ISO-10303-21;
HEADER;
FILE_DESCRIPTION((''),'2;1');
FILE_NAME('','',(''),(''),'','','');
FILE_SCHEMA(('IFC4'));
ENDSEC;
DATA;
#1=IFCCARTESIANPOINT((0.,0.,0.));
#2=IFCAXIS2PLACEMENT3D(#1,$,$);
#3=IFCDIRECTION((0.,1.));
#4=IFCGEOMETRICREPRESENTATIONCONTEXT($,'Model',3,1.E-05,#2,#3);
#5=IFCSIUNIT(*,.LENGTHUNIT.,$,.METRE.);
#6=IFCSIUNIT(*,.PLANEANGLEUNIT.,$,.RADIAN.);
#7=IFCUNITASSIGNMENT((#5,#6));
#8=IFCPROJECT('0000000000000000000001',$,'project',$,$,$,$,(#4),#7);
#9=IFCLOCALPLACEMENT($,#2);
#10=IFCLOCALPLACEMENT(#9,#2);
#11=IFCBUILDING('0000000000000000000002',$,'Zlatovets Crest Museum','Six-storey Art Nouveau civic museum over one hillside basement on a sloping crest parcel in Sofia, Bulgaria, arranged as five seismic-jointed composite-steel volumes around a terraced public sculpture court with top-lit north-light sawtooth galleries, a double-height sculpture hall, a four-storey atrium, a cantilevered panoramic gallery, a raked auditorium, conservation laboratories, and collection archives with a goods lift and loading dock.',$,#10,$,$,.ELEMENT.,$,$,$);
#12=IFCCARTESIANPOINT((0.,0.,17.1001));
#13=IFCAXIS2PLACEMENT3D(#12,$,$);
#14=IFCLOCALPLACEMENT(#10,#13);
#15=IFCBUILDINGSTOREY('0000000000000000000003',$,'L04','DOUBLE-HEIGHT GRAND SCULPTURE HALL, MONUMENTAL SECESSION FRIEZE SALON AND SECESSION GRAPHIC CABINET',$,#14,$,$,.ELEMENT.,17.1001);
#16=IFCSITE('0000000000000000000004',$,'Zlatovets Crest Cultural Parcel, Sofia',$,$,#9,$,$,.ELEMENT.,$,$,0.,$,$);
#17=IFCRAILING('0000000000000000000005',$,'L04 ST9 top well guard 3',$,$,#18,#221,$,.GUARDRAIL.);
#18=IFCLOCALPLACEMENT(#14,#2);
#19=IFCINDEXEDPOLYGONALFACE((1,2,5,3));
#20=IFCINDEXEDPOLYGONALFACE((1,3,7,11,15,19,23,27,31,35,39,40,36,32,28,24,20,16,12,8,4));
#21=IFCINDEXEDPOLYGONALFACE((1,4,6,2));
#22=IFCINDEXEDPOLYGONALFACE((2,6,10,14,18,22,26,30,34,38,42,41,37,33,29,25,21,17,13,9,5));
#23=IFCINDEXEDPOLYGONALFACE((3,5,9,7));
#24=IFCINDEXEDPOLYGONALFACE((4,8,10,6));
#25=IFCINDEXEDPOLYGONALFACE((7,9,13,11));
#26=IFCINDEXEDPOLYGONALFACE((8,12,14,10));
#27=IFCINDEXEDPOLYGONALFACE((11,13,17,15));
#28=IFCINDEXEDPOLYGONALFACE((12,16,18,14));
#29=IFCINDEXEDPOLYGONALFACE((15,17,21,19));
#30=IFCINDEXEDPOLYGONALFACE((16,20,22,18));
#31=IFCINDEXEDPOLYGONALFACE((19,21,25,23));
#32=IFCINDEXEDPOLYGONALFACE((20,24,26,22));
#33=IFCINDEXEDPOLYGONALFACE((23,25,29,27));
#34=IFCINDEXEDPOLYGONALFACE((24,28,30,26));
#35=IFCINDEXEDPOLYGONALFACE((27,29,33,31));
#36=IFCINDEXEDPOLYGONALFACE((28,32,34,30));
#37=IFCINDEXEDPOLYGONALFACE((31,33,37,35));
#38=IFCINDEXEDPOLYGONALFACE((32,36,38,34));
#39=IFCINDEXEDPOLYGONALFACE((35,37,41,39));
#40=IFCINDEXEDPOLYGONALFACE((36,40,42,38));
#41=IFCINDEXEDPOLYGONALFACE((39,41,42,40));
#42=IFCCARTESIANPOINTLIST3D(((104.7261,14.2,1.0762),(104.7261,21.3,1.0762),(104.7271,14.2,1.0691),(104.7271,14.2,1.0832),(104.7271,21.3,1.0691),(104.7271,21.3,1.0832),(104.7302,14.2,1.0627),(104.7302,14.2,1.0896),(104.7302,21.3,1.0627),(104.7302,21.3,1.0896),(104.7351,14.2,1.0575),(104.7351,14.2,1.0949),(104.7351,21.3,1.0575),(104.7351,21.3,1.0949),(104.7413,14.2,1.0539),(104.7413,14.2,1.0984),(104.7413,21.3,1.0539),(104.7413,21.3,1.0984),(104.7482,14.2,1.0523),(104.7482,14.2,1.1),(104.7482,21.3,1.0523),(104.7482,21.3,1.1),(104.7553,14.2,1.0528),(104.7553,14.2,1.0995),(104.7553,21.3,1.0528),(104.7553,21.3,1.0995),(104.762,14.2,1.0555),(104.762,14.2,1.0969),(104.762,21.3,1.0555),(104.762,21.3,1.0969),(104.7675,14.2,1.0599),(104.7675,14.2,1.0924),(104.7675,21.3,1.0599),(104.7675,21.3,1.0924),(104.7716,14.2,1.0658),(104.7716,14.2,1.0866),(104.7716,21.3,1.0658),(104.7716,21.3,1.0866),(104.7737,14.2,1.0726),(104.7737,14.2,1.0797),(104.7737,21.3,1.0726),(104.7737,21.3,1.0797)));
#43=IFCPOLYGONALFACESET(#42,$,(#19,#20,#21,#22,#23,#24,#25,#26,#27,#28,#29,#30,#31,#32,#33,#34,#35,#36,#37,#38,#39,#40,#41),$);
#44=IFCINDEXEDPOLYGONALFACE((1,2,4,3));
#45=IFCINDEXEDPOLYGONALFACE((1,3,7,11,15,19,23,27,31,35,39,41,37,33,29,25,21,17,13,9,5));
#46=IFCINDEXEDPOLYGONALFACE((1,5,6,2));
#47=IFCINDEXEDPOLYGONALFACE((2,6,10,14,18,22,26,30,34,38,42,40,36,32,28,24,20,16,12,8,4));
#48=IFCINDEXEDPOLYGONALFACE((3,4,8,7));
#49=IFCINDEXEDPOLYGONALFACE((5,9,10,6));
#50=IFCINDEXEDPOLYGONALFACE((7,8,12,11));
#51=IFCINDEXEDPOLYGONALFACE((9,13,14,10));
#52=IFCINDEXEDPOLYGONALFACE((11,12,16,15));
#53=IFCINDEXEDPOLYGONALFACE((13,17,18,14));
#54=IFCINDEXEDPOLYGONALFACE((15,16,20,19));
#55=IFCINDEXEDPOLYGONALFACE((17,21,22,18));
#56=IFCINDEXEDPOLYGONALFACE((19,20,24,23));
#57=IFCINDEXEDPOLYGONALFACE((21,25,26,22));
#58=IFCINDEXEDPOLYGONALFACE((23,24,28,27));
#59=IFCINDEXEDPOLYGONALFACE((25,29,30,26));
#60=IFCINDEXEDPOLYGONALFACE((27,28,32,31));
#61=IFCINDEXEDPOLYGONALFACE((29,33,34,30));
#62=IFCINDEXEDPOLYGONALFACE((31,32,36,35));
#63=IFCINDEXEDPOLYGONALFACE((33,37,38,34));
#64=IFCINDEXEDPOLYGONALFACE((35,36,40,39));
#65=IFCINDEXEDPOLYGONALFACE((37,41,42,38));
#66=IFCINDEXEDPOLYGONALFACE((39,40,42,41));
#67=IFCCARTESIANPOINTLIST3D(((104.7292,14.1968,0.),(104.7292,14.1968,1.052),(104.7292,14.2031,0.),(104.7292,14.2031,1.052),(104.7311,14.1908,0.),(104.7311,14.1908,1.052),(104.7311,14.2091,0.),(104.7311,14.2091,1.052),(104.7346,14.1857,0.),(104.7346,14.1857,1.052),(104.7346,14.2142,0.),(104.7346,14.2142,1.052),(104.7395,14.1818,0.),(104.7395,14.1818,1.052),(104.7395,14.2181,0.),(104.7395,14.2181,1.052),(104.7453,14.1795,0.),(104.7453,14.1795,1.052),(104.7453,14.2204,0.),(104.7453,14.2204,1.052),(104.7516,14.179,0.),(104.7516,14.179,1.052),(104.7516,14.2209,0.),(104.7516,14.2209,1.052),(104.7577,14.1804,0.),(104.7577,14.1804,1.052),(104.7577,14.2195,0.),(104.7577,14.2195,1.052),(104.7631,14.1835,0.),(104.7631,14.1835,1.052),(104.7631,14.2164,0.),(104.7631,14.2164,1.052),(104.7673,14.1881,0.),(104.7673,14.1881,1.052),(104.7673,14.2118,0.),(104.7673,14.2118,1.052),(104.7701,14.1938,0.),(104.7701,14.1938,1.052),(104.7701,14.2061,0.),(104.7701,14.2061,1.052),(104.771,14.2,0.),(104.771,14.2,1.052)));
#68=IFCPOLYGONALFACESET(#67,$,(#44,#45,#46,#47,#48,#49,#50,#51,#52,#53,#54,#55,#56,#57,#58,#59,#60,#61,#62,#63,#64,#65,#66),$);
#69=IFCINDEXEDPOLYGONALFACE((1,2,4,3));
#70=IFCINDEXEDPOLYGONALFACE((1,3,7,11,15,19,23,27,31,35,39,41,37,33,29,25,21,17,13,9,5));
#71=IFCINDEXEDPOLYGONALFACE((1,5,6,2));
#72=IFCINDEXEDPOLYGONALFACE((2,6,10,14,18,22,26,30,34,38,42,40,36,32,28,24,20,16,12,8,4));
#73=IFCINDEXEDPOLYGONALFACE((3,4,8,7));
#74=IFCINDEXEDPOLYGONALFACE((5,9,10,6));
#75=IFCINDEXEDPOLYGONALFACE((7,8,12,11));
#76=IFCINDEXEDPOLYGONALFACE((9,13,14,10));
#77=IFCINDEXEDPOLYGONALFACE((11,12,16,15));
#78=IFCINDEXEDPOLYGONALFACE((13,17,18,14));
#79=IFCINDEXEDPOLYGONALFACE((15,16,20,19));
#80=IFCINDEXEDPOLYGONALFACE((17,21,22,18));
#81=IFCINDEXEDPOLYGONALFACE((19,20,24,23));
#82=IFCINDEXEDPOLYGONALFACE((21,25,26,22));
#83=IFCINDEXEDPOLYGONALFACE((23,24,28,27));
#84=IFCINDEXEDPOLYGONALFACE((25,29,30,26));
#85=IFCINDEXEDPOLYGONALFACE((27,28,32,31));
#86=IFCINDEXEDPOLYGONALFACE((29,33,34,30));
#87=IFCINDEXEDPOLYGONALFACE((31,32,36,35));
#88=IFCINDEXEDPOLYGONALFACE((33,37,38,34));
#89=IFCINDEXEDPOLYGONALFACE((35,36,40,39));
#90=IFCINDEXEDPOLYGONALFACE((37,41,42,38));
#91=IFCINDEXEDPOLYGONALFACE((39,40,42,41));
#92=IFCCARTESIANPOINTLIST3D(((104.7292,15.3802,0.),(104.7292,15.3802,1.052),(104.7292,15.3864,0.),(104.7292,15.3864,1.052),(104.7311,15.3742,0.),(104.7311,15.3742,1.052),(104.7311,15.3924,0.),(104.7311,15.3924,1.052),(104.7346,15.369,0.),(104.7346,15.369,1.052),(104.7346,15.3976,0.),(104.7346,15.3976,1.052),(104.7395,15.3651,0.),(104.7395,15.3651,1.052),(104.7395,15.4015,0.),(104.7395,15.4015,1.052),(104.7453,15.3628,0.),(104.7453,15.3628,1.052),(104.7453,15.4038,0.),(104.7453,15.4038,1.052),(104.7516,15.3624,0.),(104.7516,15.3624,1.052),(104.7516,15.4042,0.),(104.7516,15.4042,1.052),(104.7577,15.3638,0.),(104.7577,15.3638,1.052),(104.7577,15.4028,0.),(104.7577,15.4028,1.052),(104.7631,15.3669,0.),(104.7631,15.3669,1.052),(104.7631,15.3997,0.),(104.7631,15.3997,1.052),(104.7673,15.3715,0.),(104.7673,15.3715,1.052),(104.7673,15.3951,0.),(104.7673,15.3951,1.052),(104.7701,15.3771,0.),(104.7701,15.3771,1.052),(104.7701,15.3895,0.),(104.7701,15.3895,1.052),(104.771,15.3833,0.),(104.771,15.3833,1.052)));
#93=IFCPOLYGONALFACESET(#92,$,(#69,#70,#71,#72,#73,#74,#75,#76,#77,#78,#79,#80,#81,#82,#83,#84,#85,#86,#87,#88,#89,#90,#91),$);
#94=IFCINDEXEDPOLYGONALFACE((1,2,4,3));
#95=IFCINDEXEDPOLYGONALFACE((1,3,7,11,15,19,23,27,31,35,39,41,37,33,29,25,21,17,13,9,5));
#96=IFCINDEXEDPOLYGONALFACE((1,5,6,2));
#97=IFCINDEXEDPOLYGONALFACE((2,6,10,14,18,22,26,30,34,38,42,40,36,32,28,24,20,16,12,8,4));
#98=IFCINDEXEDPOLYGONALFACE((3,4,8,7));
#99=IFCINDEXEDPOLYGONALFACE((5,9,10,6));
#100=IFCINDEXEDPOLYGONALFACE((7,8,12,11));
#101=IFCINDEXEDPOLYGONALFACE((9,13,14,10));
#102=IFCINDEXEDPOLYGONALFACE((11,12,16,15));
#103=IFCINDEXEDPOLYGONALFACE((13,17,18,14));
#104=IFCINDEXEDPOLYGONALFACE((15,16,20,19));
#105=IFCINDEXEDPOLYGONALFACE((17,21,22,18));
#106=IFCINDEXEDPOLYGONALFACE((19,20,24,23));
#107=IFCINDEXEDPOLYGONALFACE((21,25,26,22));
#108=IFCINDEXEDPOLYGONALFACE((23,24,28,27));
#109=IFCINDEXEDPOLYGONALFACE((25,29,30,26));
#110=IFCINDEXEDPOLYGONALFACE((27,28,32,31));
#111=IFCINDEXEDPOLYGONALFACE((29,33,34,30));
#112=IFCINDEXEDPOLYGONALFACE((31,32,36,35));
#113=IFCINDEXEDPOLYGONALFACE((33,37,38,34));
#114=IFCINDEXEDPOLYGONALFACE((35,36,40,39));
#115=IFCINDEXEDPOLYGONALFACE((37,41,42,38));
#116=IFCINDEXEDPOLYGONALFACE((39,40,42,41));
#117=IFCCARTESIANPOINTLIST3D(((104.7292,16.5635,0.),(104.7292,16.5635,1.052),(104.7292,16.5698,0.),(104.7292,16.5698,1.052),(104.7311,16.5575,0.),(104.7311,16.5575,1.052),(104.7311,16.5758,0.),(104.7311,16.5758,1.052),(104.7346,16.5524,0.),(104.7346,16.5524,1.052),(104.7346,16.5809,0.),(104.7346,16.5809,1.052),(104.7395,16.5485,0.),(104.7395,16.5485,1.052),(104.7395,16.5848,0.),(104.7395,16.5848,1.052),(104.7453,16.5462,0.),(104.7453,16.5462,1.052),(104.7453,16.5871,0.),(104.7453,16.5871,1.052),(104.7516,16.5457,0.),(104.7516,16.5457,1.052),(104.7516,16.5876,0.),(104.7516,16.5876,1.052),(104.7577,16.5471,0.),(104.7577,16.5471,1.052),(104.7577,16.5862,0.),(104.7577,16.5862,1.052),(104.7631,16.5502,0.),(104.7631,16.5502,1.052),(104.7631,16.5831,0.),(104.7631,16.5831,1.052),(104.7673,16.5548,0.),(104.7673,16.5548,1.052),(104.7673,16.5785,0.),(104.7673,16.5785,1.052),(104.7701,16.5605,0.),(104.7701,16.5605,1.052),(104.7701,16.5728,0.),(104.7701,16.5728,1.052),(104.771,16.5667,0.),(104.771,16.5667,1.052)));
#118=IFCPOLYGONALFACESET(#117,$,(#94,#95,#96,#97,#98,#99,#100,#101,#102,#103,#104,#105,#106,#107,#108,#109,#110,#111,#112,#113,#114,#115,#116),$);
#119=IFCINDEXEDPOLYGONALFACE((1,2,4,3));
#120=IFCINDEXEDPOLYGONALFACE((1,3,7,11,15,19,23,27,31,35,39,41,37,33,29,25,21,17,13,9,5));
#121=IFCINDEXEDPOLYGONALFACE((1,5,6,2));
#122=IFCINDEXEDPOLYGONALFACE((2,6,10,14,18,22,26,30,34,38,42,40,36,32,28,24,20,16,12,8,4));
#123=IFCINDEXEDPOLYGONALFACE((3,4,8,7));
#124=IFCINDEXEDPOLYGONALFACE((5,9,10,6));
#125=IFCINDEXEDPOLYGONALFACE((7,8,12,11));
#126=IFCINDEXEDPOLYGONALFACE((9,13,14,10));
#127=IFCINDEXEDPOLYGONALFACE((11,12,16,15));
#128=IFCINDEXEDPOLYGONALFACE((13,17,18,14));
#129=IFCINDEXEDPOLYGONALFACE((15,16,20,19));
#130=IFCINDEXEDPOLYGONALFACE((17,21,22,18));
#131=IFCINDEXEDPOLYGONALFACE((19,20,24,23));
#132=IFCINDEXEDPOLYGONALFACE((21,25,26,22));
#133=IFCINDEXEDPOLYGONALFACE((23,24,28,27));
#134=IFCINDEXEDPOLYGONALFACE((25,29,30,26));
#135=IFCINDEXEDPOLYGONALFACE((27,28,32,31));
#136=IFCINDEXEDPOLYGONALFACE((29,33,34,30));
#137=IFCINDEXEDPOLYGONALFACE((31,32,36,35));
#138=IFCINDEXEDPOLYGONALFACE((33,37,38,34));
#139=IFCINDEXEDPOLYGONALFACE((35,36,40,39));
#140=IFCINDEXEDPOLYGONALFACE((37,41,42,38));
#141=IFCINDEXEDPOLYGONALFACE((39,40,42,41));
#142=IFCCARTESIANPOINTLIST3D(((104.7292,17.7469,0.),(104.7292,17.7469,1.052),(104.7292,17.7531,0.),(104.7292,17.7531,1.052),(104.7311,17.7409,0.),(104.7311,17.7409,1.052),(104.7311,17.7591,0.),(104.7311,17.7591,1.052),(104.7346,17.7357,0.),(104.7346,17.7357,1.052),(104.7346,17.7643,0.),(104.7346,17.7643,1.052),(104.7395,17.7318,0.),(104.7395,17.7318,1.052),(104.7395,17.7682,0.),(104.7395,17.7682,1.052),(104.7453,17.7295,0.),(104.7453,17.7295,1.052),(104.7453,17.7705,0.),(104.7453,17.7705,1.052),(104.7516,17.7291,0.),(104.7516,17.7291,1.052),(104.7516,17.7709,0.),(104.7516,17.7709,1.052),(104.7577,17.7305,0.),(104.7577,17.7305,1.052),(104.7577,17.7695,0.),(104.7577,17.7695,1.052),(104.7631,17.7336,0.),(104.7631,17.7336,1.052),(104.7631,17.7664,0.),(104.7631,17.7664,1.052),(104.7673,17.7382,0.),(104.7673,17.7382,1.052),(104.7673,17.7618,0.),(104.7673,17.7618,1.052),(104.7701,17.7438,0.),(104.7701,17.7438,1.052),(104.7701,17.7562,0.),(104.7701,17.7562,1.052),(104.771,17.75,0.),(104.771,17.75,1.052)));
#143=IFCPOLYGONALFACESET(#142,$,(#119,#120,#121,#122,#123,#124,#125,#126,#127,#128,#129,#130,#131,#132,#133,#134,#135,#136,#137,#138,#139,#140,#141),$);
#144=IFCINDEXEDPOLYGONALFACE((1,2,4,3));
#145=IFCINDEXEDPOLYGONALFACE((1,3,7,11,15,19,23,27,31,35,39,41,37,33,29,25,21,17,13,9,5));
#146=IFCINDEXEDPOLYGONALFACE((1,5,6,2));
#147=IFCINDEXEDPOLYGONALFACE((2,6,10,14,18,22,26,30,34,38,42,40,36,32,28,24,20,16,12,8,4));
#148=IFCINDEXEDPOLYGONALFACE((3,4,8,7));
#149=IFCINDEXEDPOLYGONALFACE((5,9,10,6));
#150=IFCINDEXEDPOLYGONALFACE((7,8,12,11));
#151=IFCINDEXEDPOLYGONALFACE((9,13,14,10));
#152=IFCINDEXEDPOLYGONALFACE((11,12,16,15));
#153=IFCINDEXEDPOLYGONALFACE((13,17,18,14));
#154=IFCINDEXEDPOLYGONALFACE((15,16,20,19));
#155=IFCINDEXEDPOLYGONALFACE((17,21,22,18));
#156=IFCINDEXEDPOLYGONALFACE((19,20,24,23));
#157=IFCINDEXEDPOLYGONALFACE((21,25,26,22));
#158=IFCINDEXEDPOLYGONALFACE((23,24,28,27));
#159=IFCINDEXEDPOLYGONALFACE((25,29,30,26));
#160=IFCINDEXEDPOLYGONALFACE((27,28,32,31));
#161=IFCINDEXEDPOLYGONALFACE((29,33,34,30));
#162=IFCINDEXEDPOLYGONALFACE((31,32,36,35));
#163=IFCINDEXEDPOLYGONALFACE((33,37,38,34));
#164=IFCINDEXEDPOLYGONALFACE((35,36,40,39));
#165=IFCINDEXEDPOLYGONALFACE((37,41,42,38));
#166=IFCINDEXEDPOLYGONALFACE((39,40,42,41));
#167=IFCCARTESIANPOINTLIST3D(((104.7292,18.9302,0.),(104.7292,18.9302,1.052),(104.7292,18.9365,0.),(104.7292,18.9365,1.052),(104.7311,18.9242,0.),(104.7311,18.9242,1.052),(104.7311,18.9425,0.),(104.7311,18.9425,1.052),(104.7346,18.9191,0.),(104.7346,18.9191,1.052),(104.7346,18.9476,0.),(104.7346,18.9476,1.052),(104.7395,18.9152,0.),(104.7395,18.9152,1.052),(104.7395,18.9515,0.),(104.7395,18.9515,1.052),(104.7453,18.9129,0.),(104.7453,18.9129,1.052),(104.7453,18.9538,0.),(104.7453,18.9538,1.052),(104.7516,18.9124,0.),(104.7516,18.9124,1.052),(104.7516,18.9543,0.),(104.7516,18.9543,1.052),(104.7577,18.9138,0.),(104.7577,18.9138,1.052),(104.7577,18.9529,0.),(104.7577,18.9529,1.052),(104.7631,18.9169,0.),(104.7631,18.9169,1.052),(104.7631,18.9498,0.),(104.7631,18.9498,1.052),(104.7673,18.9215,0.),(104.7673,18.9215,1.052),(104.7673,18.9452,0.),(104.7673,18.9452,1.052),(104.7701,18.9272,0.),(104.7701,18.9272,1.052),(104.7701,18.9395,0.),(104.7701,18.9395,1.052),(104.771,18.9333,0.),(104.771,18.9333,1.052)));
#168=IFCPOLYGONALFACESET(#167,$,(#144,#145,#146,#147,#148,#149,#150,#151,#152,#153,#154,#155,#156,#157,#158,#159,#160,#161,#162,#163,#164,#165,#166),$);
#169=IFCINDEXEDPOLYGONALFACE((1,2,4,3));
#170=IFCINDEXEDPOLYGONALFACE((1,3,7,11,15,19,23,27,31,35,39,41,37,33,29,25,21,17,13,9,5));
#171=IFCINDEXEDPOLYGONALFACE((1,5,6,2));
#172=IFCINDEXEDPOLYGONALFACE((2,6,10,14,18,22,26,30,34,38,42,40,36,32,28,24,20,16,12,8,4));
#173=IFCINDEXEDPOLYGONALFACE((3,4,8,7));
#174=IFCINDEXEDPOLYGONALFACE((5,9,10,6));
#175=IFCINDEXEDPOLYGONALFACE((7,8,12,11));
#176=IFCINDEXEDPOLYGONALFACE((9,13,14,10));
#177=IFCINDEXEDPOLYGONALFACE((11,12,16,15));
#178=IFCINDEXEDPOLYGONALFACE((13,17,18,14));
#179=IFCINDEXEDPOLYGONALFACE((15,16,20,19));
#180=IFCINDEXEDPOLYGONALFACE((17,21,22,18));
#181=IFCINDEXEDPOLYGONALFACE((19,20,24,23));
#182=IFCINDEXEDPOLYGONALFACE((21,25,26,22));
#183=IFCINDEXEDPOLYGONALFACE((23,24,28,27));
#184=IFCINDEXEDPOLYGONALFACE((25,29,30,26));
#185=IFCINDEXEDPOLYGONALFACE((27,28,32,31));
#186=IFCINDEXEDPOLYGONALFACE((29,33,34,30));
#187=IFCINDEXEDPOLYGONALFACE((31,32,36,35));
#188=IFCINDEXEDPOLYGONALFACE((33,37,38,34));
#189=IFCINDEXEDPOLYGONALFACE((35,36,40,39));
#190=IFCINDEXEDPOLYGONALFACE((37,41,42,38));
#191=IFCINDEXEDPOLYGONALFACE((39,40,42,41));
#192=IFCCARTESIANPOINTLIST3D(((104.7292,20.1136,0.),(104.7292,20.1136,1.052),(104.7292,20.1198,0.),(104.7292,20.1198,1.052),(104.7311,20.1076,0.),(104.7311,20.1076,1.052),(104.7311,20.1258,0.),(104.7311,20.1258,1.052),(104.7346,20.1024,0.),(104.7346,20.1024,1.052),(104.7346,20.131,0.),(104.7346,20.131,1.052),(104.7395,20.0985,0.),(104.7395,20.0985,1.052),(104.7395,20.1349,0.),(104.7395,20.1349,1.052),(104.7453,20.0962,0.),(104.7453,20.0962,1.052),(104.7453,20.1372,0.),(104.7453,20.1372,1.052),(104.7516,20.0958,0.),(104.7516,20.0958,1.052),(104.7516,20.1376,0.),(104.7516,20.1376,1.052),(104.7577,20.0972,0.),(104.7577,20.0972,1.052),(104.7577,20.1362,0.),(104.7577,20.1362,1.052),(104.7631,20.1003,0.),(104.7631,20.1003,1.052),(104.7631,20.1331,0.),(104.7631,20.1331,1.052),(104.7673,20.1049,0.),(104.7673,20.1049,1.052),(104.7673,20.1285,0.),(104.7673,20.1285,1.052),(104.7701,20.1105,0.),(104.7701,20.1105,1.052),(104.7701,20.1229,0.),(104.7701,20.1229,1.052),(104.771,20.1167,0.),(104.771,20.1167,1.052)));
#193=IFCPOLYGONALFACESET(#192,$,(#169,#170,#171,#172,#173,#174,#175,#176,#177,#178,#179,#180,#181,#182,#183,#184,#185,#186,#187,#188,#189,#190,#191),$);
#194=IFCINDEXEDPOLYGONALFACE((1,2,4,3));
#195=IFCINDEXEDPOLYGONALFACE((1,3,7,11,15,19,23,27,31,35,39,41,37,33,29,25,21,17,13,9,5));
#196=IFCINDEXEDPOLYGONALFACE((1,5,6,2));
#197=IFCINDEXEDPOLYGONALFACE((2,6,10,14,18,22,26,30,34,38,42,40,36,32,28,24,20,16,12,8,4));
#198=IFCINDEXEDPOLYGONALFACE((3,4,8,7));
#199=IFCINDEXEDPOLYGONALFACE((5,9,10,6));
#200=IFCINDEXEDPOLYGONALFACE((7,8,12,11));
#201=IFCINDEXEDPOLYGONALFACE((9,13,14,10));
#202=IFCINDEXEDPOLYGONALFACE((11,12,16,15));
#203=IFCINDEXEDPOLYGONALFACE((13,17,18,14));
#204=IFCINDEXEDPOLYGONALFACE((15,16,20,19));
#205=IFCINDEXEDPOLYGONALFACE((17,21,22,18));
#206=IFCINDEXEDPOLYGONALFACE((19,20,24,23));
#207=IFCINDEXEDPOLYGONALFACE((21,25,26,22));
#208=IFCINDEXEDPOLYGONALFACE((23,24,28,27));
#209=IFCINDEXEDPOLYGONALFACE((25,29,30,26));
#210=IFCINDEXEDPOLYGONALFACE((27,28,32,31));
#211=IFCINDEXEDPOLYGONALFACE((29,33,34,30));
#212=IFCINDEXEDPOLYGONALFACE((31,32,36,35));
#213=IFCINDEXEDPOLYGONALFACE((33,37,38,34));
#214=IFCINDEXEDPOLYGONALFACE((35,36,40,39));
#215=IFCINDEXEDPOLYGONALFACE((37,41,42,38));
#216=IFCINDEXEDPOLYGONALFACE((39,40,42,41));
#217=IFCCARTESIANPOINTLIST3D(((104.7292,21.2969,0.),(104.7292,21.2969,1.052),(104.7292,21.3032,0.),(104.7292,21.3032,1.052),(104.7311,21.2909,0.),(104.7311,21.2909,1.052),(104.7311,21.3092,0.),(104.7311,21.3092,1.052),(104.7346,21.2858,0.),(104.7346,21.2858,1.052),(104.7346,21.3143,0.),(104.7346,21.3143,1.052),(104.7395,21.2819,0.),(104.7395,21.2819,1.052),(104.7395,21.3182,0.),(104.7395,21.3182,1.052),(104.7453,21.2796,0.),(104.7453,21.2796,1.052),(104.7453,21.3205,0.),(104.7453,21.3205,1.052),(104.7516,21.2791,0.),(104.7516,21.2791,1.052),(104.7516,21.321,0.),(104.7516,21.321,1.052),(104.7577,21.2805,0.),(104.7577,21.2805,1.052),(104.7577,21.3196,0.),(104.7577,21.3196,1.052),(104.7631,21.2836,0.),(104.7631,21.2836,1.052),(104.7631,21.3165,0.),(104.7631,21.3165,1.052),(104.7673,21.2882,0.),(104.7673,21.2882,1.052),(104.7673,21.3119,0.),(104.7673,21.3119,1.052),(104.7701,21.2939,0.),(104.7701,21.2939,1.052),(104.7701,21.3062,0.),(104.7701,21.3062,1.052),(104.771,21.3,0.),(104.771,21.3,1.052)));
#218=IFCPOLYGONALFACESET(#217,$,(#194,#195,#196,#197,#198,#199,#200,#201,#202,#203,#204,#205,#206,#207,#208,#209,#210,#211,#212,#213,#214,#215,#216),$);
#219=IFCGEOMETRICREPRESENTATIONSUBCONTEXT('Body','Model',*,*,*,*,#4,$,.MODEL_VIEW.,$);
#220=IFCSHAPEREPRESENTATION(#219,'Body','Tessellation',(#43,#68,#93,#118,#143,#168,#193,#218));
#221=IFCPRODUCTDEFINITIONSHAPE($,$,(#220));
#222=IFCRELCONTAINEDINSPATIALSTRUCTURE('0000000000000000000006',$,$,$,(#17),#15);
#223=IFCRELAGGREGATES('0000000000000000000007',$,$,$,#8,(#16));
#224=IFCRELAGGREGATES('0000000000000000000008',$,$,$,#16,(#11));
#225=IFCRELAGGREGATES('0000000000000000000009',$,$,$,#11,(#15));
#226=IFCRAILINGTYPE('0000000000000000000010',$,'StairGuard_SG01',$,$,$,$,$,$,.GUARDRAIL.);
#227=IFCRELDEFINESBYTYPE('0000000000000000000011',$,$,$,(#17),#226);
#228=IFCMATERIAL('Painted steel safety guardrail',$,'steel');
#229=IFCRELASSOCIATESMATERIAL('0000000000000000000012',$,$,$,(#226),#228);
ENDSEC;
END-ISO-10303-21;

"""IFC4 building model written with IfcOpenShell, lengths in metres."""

from ifc_helpers import new_model, si_unit, direction, frame, origin, origin_2d, place, context, subcontext, project, spatial, circle, extrude, material, type_object, element, save


model = new_model("IFC4")

# Units and contexts
model_context = context("Model", 3, precision=1e-05, world=origin(), true_north=direction((0.0, 1.0)))
body_context = subcontext(model_context, "Body", "Model", "MODEL_VIEW")
ifc_project = project(units=[si_unit("LENGTHUNIT", "METRE"), si_unit("PLANEANGLEUNIT", "RADIAN")], contexts=[model_context])

# Site, building, storey
site_placement = place(None, origin())
site = spatial("IfcSite", under=ifc_project, at=site_placement, Name="Zlatovets Crest Cultural Parcel, Sofia", CompositionType="ELEMENT", RefElevation=0.0)
building_placement = place(site_placement, origin())
building = spatial("IfcBuilding", under=site, at=building_placement, Name="Zlatovets Crest Museum", Description="Six-storey Art Nouveau civic museum over one hillside basement on a sloping crest parcel in Sofia, Bulgaria, arranged as five seismic-jointed composite-steel volumes around a terraced public sculpture court with top-lit north-light sawtooth galleries, a double-height sculpture hall, a four-storey atrium, a cantilevered panoramic gallery, a raked auditorium, conservation laboratories, and collection archives with a goods lift and loading dock.", CompositionType="ELEMENT")
storey_placement = place(building_placement, frame((0.0, 0.0, 17.1001)))
storey = spatial("IfcBuildingStorey", under=building, at=storey_placement, Name="L04", Description="DOUBLE-HEIGHT GRAND SCULPTURE HALL, MONUMENTAL SECESSION FRIEZE SALON AND SECESSION GRAPHIC CABINET", CompositionType="ELEMENT", Elevation=17.1001)

# Railing
ifc_material_1 = material(Name="Painted steel safety guardrail", Category="steel")
railing_type = type_object("IfcRailingType", Name="StairGuard_SG01", PredefinedType="GUARDRAIL", material=ifc_material_1)
railing_1_placement = place(storey_placement, frame((104.75, 14.2, 0.0)))
element("IfcRailing", 1, at=railing_1_placement, inside=storey, type_object=railing_type, Name="L04 ST9 top well guard 3", PredefinedType="GUARDRAIL", context=body_context, shape_type="SweptSolid", body=[
    extrude(circle(Radius=0.0239, at=origin_2d()), frame((0.0, 0.0, 1.0762), z_axis=(0.0, 1.0, 0.0), x_axis=(-1.0, 0.0, 0.0)), (0.0, 0.0, 1.0), 7.1001),
    extrude(circle(Radius=0.021, at=origin_2d()), origin(), (0.0, 0.0, 1.0), 1.052),
    extrude(circle(Radius=0.021, at=origin_2d()), frame((0.0, 1.1833, 0.0)), (0.0, 0.0, 1.0), 1.052),
    extrude(circle(Radius=0.021, at=origin_2d()), frame((0.0, 2.3667, 0.0)), (0.0, 0.0, 1.0), 1.052),
    extrude(circle(Radius=0.021, at=origin_2d()), frame((0.0, 3.55, 0.0)), (0.0, 0.0, 1.0), 1.052),
    extrude(circle(Radius=0.021, at=origin_2d()), frame((0.0, 4.7334, 0.0)), (0.0, 0.0, 1.0), 1.052),
    extrude(circle(Radius=0.021, at=origin_2d()), frame((0.0, 5.9167, 0.0)), (0.0, 0.0, 1.0), 1.052),
    extrude(circle(Radius=0.021, at=origin_2d()), frame((0.0, 7.1001, 0.0)), (0.0, 0.0, 1.0), 1.052),
])

save(model, "model.ifc")
